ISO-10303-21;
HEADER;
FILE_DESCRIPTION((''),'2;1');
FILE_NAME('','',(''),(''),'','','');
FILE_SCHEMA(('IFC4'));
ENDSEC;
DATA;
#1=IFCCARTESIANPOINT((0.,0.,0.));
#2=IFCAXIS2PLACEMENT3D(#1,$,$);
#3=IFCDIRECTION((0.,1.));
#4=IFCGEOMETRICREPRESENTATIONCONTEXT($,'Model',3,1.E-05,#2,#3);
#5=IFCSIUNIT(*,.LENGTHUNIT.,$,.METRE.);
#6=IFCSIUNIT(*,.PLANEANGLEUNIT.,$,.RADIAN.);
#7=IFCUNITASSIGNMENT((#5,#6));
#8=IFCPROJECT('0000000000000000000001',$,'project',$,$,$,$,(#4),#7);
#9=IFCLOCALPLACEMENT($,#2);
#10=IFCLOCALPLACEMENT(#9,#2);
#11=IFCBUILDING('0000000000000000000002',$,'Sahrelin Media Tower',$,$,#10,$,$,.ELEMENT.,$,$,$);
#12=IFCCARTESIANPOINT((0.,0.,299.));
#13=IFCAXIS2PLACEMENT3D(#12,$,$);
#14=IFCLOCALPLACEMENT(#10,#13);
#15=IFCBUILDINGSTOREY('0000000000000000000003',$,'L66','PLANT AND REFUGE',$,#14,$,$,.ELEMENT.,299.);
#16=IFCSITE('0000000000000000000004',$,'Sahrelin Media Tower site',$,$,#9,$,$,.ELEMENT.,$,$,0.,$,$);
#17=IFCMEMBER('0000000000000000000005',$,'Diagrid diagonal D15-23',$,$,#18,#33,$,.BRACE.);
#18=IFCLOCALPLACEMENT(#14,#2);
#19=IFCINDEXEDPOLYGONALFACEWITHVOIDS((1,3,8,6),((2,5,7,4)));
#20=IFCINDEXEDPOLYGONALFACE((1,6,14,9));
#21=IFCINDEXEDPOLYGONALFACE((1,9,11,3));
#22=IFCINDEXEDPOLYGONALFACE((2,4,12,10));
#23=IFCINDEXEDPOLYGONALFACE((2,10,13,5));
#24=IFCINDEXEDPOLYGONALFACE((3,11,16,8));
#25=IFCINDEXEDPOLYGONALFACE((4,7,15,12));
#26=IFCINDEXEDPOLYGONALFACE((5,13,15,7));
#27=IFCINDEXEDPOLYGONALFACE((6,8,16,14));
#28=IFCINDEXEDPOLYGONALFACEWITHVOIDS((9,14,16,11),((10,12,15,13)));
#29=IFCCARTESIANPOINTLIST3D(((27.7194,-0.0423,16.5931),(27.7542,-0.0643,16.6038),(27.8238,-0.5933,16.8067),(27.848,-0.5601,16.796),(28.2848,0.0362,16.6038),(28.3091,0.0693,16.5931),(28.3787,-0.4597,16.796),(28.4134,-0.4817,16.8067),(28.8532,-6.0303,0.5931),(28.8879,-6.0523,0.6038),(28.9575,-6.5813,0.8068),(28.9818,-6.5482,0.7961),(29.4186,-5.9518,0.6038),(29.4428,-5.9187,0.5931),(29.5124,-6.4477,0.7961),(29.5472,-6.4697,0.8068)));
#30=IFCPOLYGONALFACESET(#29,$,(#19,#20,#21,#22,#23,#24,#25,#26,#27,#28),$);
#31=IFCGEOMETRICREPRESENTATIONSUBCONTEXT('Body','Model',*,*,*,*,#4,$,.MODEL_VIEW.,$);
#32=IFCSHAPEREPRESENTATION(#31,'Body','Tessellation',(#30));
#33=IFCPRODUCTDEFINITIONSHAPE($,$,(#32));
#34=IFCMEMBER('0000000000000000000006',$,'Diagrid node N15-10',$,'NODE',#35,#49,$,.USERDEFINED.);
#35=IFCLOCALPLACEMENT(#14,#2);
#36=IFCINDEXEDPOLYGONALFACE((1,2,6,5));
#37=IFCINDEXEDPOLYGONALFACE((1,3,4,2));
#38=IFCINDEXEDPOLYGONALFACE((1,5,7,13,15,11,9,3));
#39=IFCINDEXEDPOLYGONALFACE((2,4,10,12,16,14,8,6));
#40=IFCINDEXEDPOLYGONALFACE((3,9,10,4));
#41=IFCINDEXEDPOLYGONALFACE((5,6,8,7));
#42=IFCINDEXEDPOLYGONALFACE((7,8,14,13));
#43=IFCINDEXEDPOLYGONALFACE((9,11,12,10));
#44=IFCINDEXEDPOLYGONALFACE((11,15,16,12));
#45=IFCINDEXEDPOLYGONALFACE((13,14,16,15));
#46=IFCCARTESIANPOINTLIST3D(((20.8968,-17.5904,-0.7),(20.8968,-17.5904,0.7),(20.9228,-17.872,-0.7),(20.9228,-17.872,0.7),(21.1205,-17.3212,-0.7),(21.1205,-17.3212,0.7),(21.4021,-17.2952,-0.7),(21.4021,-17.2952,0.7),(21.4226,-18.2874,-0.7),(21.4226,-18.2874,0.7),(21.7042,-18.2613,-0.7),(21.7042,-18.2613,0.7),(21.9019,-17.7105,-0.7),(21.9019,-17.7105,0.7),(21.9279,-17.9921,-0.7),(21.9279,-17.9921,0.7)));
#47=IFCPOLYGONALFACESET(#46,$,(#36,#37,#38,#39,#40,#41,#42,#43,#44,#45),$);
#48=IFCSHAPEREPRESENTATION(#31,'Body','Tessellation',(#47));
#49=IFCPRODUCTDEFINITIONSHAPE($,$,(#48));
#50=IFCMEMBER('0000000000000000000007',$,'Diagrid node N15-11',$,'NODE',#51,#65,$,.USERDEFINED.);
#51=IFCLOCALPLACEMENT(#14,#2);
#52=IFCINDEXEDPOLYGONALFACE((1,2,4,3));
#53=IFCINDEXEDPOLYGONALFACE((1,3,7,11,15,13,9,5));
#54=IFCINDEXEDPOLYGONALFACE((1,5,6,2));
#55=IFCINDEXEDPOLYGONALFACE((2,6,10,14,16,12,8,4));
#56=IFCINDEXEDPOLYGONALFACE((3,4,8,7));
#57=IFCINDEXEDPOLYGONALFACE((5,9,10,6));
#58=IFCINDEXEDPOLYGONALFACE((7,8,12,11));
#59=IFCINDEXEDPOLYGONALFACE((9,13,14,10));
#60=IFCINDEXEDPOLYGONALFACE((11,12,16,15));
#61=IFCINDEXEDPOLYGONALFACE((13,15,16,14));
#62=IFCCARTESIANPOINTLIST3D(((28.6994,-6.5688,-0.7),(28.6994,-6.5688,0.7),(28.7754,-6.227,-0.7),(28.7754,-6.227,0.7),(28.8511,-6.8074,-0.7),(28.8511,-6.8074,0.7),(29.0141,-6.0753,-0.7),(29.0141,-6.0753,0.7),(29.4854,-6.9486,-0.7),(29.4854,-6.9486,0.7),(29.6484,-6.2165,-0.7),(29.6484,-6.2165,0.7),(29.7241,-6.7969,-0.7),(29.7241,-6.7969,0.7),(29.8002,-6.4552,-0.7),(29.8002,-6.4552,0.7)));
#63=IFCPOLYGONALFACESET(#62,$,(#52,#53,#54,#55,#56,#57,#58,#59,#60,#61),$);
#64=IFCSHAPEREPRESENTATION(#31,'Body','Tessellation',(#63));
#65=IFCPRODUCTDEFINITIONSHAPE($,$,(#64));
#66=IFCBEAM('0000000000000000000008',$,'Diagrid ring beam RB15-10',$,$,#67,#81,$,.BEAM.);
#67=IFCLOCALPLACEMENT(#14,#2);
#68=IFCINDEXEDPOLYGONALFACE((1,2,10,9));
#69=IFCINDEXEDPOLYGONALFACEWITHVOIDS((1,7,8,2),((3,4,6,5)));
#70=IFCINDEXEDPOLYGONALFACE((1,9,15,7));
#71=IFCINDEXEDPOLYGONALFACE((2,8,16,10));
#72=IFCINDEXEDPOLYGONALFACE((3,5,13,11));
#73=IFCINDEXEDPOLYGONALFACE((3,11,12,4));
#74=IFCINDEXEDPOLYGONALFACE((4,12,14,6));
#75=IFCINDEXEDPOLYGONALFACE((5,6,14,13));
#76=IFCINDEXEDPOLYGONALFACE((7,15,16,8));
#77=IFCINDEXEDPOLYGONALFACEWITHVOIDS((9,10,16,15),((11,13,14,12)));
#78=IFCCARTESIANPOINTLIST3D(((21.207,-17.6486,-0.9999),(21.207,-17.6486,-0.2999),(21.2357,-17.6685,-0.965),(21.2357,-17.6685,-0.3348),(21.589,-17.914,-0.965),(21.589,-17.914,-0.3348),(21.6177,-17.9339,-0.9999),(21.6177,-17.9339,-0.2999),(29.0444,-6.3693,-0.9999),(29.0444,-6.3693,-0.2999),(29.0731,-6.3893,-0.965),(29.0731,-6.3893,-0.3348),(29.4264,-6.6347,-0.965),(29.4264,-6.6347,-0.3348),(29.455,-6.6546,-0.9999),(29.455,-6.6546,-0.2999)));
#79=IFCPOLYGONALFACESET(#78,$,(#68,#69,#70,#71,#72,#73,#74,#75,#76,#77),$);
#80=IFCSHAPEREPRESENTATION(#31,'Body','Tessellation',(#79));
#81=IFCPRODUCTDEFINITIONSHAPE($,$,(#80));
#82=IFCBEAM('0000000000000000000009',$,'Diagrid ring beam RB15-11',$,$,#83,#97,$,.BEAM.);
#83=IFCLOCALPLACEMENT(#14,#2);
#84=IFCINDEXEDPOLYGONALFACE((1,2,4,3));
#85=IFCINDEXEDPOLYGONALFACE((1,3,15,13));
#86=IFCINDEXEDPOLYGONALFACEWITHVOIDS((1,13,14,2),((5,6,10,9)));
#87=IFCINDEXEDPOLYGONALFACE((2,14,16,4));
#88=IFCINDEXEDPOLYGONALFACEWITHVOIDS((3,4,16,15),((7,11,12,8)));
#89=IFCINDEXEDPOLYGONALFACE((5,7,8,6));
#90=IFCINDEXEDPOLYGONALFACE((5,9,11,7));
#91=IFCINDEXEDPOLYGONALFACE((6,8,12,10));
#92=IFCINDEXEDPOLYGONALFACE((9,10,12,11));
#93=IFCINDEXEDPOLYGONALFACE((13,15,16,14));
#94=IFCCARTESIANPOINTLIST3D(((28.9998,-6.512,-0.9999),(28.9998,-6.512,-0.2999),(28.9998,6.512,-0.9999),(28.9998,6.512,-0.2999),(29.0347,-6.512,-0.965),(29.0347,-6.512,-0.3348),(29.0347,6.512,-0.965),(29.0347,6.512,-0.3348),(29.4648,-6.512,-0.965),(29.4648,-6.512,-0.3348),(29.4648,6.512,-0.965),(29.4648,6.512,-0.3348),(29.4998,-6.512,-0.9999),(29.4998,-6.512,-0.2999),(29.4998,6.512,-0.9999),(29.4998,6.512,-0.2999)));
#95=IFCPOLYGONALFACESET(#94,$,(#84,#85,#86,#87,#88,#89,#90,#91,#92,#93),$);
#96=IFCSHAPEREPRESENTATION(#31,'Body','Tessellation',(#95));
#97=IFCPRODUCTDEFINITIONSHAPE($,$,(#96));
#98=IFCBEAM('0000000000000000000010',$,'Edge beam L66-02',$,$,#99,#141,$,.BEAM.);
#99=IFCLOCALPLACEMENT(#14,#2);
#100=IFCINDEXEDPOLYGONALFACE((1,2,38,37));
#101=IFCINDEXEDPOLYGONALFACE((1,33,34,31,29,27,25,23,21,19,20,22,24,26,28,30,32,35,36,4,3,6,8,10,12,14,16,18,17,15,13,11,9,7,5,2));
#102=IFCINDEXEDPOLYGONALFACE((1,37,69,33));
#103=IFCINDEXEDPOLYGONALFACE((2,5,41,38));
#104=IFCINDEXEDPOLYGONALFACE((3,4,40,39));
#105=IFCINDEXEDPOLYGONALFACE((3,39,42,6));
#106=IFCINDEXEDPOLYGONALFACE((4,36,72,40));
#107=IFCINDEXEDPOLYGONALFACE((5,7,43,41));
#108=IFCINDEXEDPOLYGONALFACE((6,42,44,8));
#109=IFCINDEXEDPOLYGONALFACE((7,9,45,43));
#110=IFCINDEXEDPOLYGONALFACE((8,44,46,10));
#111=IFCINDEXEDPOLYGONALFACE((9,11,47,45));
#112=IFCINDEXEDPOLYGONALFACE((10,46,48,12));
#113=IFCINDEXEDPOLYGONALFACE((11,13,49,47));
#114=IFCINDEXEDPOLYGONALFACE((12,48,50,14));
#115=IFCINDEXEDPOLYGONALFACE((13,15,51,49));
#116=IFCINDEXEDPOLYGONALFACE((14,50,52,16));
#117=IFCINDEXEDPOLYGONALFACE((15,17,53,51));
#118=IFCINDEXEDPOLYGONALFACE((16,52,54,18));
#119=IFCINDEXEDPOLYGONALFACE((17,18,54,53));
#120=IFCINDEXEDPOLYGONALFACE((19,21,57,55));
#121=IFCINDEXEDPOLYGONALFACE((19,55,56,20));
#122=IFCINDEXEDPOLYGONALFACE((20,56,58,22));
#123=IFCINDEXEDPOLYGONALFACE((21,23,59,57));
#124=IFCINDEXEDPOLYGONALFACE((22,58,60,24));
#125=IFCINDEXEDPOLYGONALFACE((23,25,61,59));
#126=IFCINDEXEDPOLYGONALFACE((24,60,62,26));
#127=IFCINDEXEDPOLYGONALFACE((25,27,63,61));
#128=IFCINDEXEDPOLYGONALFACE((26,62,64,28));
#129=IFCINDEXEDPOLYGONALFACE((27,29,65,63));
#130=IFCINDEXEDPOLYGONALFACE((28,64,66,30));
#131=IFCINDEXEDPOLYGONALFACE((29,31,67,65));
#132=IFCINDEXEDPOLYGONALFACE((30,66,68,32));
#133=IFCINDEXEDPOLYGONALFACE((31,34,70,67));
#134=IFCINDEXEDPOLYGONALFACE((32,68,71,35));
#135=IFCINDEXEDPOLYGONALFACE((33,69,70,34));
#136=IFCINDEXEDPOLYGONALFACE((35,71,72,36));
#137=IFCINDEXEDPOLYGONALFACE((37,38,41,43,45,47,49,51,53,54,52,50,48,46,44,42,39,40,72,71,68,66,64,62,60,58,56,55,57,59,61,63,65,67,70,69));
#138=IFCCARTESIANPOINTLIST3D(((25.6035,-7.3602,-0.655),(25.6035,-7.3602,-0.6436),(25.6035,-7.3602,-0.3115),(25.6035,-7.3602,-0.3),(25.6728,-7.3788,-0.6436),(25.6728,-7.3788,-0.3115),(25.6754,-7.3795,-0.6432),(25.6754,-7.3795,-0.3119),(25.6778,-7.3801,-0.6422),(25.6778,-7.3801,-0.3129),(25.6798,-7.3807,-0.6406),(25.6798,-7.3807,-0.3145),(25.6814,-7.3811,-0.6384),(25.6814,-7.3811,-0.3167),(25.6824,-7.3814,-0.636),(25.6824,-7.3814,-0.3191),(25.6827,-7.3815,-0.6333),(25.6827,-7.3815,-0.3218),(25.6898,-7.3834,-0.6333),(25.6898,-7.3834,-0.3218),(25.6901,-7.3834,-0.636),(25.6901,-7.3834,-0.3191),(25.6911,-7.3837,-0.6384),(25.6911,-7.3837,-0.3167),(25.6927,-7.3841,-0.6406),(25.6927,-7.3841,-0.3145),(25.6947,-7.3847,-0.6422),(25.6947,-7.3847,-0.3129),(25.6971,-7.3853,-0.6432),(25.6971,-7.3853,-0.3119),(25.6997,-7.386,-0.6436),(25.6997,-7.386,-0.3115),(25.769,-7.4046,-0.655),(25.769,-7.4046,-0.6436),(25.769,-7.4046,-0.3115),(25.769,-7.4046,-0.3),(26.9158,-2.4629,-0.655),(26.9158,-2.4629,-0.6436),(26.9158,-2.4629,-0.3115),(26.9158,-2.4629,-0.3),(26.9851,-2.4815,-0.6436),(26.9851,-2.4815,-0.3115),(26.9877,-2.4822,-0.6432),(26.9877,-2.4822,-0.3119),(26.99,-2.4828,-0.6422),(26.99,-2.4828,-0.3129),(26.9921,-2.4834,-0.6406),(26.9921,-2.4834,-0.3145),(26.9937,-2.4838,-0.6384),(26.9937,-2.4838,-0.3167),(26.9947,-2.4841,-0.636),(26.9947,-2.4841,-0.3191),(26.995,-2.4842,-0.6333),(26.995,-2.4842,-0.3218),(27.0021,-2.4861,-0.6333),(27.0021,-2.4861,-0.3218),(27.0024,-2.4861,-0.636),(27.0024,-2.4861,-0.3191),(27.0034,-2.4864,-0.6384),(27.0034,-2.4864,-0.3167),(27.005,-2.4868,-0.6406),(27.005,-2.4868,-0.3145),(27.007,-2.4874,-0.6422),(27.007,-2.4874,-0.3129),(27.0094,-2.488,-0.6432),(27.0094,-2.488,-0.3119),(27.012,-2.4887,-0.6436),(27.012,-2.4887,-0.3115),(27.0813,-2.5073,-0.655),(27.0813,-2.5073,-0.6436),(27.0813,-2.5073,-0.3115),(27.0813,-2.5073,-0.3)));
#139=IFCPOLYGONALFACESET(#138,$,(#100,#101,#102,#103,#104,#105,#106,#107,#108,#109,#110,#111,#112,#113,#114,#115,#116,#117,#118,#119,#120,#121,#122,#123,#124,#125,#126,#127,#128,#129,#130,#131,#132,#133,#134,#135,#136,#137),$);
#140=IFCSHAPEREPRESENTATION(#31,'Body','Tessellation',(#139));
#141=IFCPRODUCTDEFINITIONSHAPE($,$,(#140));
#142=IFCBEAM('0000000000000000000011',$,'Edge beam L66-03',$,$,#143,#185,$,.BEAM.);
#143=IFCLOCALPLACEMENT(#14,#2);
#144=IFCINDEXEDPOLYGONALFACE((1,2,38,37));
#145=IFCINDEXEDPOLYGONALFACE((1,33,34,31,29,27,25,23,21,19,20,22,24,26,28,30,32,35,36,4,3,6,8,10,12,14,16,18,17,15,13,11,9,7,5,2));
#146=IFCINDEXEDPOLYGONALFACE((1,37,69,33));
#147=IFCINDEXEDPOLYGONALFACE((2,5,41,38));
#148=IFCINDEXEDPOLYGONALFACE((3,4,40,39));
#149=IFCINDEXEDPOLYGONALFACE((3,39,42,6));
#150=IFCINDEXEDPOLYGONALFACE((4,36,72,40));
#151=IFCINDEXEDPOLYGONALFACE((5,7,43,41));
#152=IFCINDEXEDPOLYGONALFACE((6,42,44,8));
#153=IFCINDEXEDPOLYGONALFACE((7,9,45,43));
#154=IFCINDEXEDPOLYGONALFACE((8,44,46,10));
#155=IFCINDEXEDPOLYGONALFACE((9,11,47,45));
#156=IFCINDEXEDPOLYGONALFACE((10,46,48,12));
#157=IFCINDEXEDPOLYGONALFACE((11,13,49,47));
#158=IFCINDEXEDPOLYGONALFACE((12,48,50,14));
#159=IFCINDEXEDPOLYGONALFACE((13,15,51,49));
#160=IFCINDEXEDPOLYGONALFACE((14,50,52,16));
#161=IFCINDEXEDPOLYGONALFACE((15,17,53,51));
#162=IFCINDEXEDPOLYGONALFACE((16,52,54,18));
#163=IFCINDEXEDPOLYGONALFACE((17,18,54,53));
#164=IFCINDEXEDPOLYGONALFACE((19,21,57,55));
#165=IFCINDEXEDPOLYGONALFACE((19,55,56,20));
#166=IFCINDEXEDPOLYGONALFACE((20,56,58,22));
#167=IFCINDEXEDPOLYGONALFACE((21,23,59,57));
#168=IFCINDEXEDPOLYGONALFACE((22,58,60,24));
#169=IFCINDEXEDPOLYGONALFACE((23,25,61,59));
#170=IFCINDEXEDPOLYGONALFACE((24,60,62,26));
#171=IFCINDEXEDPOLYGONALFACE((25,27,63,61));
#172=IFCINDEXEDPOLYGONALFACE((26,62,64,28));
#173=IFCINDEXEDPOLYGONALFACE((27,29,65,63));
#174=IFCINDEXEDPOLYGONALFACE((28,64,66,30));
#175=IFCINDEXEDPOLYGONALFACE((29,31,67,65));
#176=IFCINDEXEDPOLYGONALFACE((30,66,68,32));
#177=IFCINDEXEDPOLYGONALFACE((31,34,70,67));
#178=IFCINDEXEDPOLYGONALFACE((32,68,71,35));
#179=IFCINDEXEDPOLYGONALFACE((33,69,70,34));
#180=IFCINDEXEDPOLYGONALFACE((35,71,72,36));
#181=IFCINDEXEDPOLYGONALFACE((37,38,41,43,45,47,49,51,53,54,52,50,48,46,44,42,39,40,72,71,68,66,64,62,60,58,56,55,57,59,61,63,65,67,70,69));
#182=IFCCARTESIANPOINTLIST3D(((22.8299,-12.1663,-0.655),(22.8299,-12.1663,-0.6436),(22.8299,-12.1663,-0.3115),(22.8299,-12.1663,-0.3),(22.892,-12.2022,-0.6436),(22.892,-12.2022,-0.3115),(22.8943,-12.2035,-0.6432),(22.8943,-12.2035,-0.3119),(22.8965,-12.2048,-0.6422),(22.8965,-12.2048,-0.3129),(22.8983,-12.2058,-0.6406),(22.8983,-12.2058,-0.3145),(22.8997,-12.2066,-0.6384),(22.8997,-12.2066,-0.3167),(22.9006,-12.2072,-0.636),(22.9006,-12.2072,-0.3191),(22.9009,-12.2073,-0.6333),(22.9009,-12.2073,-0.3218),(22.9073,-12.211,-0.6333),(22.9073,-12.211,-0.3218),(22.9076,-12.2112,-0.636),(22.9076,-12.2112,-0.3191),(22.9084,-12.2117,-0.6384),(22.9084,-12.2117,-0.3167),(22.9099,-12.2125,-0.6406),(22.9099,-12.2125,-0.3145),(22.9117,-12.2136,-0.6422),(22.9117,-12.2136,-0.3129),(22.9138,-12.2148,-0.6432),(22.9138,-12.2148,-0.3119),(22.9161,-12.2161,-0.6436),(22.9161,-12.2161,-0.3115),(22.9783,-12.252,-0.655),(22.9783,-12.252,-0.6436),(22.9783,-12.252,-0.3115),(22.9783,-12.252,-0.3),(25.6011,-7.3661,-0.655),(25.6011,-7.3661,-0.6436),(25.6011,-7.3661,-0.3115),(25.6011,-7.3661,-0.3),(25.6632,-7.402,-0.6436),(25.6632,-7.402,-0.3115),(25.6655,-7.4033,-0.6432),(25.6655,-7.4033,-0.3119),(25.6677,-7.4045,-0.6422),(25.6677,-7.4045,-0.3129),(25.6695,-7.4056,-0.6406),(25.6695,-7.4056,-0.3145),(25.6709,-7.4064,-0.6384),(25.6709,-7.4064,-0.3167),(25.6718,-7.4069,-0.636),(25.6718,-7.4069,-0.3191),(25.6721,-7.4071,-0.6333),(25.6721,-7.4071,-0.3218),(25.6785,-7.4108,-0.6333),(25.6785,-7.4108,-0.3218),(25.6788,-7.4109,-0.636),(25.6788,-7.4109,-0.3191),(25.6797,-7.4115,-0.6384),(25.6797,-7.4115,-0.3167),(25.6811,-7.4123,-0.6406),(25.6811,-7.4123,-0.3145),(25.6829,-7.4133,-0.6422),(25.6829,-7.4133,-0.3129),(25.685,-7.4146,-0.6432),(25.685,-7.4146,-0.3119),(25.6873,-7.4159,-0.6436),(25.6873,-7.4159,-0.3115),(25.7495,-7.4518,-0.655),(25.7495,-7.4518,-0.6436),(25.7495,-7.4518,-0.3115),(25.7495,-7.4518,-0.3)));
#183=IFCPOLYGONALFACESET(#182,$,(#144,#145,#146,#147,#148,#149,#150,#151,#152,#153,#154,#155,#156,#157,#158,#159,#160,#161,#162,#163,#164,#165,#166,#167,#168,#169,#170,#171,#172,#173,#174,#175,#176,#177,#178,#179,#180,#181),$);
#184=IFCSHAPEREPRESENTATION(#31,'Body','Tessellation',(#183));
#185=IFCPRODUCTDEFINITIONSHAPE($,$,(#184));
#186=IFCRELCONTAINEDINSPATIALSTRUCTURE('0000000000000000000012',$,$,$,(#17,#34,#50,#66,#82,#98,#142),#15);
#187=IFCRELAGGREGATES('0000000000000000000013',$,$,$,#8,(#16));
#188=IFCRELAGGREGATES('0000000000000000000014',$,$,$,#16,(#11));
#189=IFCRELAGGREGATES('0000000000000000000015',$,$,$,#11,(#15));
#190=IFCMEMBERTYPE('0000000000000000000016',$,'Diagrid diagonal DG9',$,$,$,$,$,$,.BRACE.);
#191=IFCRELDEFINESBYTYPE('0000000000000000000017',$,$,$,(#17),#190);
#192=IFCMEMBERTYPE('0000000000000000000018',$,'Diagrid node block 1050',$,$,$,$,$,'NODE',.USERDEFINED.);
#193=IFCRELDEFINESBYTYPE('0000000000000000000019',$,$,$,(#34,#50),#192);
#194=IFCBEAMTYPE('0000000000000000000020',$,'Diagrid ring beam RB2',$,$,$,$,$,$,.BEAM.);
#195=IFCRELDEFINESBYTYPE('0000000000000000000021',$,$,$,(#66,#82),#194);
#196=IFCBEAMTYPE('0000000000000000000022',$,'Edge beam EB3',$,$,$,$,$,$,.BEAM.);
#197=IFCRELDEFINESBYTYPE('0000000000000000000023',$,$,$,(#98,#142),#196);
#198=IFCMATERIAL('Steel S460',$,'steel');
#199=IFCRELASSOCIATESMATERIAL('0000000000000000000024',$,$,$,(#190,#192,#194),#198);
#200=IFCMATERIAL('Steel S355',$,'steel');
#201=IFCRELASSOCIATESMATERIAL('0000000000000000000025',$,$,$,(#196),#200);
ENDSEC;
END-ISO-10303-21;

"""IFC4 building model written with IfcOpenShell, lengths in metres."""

from ifc_helpers import new_model, si_unit, direction, frame, origin, origin_2d, place, context, subcontext, project, spatial, polyline, hollow_rectangle, i_section, outline, extrude, material, material_profile, profile_set, type_object, element, save


model = new_model("IFC4")

# Units and contexts
model_context = context("Model", 3, precision=1e-05, world=origin(), true_north=direction((0.0, 1.0)))
body_context = subcontext(model_context, "Body", "Model", "MODEL_VIEW")
ifc_project = project(units=[si_unit("LENGTHUNIT", "METRE"), si_unit("PLANEANGLEUNIT", "RADIAN")], contexts=[model_context])

# Site, building, storey
site_placement = place(None, origin())
site = spatial("IfcSite", under=ifc_project, at=site_placement, Name="Sahrelin Media Tower site", CompositionType="ELEMENT", RefElevation=0.0)
building_placement = place(site_placement, origin())
building = spatial("IfcBuilding", under=site, at=building_placement, Name="Sahrelin Media Tower", CompositionType="ELEMENT")
storey_placement = place(building_placement, frame((0.0, 0.0, 299.0)))
storey = spatial("IfcBuildingStorey", under=building, at=storey_placement, Name="L66", Description="PLANT AND REFUGE", CompositionType="ELEMENT", Elevation=299.0)

# Members
ifc_material_1 = material(Name="Steel S460", Category="steel")
ifc_material_profile_1 = material_profile(ifc_material_1, hollow_rectangle(XDim=0.6001, YDim=0.6001, WallThickness=0.03, at=origin_2d()), Name="Diagrid diagonal DG9")
ifc_profile_set_1 = profile_set([ifc_material_profile_1], Name="Steel S460")
member_type_1 = type_object("IfcMemberType", Name="Diagrid diagonal DG9", PredefinedType="BRACE", material=ifc_profile_set_1)
member_1_placement = place(storey_placement, frame((29.2002, -6.25, 0.7), z_axis=(-0.066221, 0.34974, 0.934503), x_axis=(-0.982543, -0.186037, 0.0)))
element("IfcMember", 1, at=member_1_placement, inside=storey, type_object=member_type_1, Name="Diagrid diagonal D15-23", PredefinedType="BRACE", context=body_context, shape_type="SweptSolid", body=[
    extrude(hollow_rectangle(XDim=0.6001, YDim=0.6001, WallThickness=0.03, at=origin_2d()), origin(), (0.0, 0.0, 1.0), 17.1213),
])
ifc_material_profile_2 = material_profile(ifc_material_1, outline(polyline([(0.325, -0.375), (0.5249, -0.175), (0.5249, 0.175), (0.325, 0.375), (-0.325, 0.375), (-0.5249, 0.175), (-0.5249, -0.175), (-0.325, -0.375), (0.325, -0.375)])), Name="Diagrid node block 1050")
ifc_profile_set_2 = profile_set([ifc_material_profile_2], Name="Steel S460")
member_type_2 = type_object("IfcMemberType", Name="Diagrid node block 1050", ElementType="NODE", PredefinedType="USERDEFINED", material=ifc_profile_set_2)
for number, where, z_axis, x_axis, name in (
    (2, (21.4124, -17.7913, -0.7), (0.0, 0.0, 1.0), (0.769146, -0.639073, 0.0), "Diagrid node N15-10"),
    (3, (29.2498, -6.512, -0.7), (0.0, 0.0, 1.0), (0.976102, -0.217314, 0.0), "Diagrid node N15-11"),
):
    element("IfcMember", number, at=place(storey_placement, frame(where, z_axis=z_axis, x_axis=x_axis)), inside=storey, type_object=member_type_2, Name=name, ObjectType="NODE", PredefinedType="USERDEFINED", context=body_context, shape_type="SweptSolid", body=[
        extrude(outline(polyline([(0.325, -0.375), (0.5249, -0.175), (0.5249, 0.175), (0.325, 0.375), (-0.325, 0.375), (-0.5249, 0.175), (-0.5249, -0.175), (-0.325, -0.375), (0.325, -0.375)])), origin(), (0.0, 0.0, 1.0), 1.3999),
    ])

# Beams
ifc_material_profile_3 = material_profile(ifc_material_1, hollow_rectangle(XDim=0.5, YDim=0.7, WallThickness=0.0349, at=origin_2d()), Name="Diagrid ring beam RB2")
ifc_profile_set_3 = profile_set([ifc_material_profile_3], Name="Steel S460")
beam_type_1 = type_object("IfcBeamType", Name="Diagrid ring beam RB2", PredefinedType="BEAM", material=ifc_profile_set_3)
beam_1_placement = place(storey_placement, frame((21.4124, -17.7913, -0.6499), z_axis=(0.57062, 0.821214, 0.0), x_axis=(-0.821214, 0.57062, 0.0)))
element("IfcBeam", 4, at=beam_1_placement, inside=storey, type_object=beam_type_1, Name="Diagrid ring beam RB15-10", PredefinedType="BEAM", context=body_context, shape_type="SweptSolid", body=[
    extrude(hollow_rectangle(XDim=0.5, YDim=0.7, WallThickness=0.0349, at=origin_2d()), origin(), (0.0, 0.0, 1.0), 13.7349),
])
beam_2_placement = place(storey_placement, frame((29.2498, -6.512, -0.6499), z_axis=(0.0, 1.0, 0.0), x_axis=(-1.0, 0.0, 0.0)))
element("IfcBeam", 5, at=beam_2_placement, inside=storey, type_object=beam_type_1, Name="Diagrid ring beam RB15-11", PredefinedType="BEAM", context=body_context, shape_type="SweptSolid", body=[
    extrude(hollow_rectangle(XDim=0.5, YDim=0.7, WallThickness=0.0349, at=origin_2d()), origin(), (0.0, 0.0, 1.0), 13.0239),
])
ifc_material_2 = material(Name="Steel S355", Category="steel")
ifc_material_profile_4 = material_profile(ifc_material_2, i_section(OverallWidth=0.1714, OverallDepth=0.355, WebThickness=0.0073, FlangeThickness=0.0115, FilletRadius=0.0103, at=origin_2d()), Name="UB 356x171x51")
ifc_profile_set_4 = profile_set([ifc_material_profile_4], Name="Steel S355")
beam_type_2 = type_object("IfcBeamType", Name="Edge beam EB3", PredefinedType="BEAM", material=ifc_profile_set_4)
beam_3_placement = place(storey_placement, frame((26.9985, -2.4851, -0.4775), z_axis=(-0.258828, -0.965923, 0.0), x_axis=(0.965923, -0.258828, 0.0)))
element("IfcBeam", 6, at=beam_3_placement, inside=storey, type_object=beam_type_2, Name="Edge beam L66-02", PredefinedType="BEAM", context=body_context, shape_type="SweptSolid", body=[
    extrude(i_section(OverallWidth=0.1714, OverallDepth=0.355, WebThickness=0.0073, FlangeThickness=0.0115, FilletRadius=0.0103, at=origin_2d()), origin(), (0.0, 0.0, 1.0), 5.0701),
])
beam_4_placement = place(storey_placement, frame((25.6753, -7.4089, -0.4775), z_axis=(-0.499972, -0.866042, 0.0), x_axis=(0.866042, -0.499972, 0.0)))
element("IfcBeam", 7, at=beam_4_placement, inside=storey, type_object=beam_type_2, Name="Edge beam L66-03", PredefinedType="BEAM", context=body_context, shape_type="SweptSolid", body=[
    extrude(i_section(OverallWidth=0.1714, OverallDepth=0.355, WebThickness=0.0073, FlangeThickness=0.0115, FilletRadius=0.0103, at=origin_2d()), origin(), (0.0, 0.0, 1.0), 5.5427),
])

save(model, "model.ifc")
